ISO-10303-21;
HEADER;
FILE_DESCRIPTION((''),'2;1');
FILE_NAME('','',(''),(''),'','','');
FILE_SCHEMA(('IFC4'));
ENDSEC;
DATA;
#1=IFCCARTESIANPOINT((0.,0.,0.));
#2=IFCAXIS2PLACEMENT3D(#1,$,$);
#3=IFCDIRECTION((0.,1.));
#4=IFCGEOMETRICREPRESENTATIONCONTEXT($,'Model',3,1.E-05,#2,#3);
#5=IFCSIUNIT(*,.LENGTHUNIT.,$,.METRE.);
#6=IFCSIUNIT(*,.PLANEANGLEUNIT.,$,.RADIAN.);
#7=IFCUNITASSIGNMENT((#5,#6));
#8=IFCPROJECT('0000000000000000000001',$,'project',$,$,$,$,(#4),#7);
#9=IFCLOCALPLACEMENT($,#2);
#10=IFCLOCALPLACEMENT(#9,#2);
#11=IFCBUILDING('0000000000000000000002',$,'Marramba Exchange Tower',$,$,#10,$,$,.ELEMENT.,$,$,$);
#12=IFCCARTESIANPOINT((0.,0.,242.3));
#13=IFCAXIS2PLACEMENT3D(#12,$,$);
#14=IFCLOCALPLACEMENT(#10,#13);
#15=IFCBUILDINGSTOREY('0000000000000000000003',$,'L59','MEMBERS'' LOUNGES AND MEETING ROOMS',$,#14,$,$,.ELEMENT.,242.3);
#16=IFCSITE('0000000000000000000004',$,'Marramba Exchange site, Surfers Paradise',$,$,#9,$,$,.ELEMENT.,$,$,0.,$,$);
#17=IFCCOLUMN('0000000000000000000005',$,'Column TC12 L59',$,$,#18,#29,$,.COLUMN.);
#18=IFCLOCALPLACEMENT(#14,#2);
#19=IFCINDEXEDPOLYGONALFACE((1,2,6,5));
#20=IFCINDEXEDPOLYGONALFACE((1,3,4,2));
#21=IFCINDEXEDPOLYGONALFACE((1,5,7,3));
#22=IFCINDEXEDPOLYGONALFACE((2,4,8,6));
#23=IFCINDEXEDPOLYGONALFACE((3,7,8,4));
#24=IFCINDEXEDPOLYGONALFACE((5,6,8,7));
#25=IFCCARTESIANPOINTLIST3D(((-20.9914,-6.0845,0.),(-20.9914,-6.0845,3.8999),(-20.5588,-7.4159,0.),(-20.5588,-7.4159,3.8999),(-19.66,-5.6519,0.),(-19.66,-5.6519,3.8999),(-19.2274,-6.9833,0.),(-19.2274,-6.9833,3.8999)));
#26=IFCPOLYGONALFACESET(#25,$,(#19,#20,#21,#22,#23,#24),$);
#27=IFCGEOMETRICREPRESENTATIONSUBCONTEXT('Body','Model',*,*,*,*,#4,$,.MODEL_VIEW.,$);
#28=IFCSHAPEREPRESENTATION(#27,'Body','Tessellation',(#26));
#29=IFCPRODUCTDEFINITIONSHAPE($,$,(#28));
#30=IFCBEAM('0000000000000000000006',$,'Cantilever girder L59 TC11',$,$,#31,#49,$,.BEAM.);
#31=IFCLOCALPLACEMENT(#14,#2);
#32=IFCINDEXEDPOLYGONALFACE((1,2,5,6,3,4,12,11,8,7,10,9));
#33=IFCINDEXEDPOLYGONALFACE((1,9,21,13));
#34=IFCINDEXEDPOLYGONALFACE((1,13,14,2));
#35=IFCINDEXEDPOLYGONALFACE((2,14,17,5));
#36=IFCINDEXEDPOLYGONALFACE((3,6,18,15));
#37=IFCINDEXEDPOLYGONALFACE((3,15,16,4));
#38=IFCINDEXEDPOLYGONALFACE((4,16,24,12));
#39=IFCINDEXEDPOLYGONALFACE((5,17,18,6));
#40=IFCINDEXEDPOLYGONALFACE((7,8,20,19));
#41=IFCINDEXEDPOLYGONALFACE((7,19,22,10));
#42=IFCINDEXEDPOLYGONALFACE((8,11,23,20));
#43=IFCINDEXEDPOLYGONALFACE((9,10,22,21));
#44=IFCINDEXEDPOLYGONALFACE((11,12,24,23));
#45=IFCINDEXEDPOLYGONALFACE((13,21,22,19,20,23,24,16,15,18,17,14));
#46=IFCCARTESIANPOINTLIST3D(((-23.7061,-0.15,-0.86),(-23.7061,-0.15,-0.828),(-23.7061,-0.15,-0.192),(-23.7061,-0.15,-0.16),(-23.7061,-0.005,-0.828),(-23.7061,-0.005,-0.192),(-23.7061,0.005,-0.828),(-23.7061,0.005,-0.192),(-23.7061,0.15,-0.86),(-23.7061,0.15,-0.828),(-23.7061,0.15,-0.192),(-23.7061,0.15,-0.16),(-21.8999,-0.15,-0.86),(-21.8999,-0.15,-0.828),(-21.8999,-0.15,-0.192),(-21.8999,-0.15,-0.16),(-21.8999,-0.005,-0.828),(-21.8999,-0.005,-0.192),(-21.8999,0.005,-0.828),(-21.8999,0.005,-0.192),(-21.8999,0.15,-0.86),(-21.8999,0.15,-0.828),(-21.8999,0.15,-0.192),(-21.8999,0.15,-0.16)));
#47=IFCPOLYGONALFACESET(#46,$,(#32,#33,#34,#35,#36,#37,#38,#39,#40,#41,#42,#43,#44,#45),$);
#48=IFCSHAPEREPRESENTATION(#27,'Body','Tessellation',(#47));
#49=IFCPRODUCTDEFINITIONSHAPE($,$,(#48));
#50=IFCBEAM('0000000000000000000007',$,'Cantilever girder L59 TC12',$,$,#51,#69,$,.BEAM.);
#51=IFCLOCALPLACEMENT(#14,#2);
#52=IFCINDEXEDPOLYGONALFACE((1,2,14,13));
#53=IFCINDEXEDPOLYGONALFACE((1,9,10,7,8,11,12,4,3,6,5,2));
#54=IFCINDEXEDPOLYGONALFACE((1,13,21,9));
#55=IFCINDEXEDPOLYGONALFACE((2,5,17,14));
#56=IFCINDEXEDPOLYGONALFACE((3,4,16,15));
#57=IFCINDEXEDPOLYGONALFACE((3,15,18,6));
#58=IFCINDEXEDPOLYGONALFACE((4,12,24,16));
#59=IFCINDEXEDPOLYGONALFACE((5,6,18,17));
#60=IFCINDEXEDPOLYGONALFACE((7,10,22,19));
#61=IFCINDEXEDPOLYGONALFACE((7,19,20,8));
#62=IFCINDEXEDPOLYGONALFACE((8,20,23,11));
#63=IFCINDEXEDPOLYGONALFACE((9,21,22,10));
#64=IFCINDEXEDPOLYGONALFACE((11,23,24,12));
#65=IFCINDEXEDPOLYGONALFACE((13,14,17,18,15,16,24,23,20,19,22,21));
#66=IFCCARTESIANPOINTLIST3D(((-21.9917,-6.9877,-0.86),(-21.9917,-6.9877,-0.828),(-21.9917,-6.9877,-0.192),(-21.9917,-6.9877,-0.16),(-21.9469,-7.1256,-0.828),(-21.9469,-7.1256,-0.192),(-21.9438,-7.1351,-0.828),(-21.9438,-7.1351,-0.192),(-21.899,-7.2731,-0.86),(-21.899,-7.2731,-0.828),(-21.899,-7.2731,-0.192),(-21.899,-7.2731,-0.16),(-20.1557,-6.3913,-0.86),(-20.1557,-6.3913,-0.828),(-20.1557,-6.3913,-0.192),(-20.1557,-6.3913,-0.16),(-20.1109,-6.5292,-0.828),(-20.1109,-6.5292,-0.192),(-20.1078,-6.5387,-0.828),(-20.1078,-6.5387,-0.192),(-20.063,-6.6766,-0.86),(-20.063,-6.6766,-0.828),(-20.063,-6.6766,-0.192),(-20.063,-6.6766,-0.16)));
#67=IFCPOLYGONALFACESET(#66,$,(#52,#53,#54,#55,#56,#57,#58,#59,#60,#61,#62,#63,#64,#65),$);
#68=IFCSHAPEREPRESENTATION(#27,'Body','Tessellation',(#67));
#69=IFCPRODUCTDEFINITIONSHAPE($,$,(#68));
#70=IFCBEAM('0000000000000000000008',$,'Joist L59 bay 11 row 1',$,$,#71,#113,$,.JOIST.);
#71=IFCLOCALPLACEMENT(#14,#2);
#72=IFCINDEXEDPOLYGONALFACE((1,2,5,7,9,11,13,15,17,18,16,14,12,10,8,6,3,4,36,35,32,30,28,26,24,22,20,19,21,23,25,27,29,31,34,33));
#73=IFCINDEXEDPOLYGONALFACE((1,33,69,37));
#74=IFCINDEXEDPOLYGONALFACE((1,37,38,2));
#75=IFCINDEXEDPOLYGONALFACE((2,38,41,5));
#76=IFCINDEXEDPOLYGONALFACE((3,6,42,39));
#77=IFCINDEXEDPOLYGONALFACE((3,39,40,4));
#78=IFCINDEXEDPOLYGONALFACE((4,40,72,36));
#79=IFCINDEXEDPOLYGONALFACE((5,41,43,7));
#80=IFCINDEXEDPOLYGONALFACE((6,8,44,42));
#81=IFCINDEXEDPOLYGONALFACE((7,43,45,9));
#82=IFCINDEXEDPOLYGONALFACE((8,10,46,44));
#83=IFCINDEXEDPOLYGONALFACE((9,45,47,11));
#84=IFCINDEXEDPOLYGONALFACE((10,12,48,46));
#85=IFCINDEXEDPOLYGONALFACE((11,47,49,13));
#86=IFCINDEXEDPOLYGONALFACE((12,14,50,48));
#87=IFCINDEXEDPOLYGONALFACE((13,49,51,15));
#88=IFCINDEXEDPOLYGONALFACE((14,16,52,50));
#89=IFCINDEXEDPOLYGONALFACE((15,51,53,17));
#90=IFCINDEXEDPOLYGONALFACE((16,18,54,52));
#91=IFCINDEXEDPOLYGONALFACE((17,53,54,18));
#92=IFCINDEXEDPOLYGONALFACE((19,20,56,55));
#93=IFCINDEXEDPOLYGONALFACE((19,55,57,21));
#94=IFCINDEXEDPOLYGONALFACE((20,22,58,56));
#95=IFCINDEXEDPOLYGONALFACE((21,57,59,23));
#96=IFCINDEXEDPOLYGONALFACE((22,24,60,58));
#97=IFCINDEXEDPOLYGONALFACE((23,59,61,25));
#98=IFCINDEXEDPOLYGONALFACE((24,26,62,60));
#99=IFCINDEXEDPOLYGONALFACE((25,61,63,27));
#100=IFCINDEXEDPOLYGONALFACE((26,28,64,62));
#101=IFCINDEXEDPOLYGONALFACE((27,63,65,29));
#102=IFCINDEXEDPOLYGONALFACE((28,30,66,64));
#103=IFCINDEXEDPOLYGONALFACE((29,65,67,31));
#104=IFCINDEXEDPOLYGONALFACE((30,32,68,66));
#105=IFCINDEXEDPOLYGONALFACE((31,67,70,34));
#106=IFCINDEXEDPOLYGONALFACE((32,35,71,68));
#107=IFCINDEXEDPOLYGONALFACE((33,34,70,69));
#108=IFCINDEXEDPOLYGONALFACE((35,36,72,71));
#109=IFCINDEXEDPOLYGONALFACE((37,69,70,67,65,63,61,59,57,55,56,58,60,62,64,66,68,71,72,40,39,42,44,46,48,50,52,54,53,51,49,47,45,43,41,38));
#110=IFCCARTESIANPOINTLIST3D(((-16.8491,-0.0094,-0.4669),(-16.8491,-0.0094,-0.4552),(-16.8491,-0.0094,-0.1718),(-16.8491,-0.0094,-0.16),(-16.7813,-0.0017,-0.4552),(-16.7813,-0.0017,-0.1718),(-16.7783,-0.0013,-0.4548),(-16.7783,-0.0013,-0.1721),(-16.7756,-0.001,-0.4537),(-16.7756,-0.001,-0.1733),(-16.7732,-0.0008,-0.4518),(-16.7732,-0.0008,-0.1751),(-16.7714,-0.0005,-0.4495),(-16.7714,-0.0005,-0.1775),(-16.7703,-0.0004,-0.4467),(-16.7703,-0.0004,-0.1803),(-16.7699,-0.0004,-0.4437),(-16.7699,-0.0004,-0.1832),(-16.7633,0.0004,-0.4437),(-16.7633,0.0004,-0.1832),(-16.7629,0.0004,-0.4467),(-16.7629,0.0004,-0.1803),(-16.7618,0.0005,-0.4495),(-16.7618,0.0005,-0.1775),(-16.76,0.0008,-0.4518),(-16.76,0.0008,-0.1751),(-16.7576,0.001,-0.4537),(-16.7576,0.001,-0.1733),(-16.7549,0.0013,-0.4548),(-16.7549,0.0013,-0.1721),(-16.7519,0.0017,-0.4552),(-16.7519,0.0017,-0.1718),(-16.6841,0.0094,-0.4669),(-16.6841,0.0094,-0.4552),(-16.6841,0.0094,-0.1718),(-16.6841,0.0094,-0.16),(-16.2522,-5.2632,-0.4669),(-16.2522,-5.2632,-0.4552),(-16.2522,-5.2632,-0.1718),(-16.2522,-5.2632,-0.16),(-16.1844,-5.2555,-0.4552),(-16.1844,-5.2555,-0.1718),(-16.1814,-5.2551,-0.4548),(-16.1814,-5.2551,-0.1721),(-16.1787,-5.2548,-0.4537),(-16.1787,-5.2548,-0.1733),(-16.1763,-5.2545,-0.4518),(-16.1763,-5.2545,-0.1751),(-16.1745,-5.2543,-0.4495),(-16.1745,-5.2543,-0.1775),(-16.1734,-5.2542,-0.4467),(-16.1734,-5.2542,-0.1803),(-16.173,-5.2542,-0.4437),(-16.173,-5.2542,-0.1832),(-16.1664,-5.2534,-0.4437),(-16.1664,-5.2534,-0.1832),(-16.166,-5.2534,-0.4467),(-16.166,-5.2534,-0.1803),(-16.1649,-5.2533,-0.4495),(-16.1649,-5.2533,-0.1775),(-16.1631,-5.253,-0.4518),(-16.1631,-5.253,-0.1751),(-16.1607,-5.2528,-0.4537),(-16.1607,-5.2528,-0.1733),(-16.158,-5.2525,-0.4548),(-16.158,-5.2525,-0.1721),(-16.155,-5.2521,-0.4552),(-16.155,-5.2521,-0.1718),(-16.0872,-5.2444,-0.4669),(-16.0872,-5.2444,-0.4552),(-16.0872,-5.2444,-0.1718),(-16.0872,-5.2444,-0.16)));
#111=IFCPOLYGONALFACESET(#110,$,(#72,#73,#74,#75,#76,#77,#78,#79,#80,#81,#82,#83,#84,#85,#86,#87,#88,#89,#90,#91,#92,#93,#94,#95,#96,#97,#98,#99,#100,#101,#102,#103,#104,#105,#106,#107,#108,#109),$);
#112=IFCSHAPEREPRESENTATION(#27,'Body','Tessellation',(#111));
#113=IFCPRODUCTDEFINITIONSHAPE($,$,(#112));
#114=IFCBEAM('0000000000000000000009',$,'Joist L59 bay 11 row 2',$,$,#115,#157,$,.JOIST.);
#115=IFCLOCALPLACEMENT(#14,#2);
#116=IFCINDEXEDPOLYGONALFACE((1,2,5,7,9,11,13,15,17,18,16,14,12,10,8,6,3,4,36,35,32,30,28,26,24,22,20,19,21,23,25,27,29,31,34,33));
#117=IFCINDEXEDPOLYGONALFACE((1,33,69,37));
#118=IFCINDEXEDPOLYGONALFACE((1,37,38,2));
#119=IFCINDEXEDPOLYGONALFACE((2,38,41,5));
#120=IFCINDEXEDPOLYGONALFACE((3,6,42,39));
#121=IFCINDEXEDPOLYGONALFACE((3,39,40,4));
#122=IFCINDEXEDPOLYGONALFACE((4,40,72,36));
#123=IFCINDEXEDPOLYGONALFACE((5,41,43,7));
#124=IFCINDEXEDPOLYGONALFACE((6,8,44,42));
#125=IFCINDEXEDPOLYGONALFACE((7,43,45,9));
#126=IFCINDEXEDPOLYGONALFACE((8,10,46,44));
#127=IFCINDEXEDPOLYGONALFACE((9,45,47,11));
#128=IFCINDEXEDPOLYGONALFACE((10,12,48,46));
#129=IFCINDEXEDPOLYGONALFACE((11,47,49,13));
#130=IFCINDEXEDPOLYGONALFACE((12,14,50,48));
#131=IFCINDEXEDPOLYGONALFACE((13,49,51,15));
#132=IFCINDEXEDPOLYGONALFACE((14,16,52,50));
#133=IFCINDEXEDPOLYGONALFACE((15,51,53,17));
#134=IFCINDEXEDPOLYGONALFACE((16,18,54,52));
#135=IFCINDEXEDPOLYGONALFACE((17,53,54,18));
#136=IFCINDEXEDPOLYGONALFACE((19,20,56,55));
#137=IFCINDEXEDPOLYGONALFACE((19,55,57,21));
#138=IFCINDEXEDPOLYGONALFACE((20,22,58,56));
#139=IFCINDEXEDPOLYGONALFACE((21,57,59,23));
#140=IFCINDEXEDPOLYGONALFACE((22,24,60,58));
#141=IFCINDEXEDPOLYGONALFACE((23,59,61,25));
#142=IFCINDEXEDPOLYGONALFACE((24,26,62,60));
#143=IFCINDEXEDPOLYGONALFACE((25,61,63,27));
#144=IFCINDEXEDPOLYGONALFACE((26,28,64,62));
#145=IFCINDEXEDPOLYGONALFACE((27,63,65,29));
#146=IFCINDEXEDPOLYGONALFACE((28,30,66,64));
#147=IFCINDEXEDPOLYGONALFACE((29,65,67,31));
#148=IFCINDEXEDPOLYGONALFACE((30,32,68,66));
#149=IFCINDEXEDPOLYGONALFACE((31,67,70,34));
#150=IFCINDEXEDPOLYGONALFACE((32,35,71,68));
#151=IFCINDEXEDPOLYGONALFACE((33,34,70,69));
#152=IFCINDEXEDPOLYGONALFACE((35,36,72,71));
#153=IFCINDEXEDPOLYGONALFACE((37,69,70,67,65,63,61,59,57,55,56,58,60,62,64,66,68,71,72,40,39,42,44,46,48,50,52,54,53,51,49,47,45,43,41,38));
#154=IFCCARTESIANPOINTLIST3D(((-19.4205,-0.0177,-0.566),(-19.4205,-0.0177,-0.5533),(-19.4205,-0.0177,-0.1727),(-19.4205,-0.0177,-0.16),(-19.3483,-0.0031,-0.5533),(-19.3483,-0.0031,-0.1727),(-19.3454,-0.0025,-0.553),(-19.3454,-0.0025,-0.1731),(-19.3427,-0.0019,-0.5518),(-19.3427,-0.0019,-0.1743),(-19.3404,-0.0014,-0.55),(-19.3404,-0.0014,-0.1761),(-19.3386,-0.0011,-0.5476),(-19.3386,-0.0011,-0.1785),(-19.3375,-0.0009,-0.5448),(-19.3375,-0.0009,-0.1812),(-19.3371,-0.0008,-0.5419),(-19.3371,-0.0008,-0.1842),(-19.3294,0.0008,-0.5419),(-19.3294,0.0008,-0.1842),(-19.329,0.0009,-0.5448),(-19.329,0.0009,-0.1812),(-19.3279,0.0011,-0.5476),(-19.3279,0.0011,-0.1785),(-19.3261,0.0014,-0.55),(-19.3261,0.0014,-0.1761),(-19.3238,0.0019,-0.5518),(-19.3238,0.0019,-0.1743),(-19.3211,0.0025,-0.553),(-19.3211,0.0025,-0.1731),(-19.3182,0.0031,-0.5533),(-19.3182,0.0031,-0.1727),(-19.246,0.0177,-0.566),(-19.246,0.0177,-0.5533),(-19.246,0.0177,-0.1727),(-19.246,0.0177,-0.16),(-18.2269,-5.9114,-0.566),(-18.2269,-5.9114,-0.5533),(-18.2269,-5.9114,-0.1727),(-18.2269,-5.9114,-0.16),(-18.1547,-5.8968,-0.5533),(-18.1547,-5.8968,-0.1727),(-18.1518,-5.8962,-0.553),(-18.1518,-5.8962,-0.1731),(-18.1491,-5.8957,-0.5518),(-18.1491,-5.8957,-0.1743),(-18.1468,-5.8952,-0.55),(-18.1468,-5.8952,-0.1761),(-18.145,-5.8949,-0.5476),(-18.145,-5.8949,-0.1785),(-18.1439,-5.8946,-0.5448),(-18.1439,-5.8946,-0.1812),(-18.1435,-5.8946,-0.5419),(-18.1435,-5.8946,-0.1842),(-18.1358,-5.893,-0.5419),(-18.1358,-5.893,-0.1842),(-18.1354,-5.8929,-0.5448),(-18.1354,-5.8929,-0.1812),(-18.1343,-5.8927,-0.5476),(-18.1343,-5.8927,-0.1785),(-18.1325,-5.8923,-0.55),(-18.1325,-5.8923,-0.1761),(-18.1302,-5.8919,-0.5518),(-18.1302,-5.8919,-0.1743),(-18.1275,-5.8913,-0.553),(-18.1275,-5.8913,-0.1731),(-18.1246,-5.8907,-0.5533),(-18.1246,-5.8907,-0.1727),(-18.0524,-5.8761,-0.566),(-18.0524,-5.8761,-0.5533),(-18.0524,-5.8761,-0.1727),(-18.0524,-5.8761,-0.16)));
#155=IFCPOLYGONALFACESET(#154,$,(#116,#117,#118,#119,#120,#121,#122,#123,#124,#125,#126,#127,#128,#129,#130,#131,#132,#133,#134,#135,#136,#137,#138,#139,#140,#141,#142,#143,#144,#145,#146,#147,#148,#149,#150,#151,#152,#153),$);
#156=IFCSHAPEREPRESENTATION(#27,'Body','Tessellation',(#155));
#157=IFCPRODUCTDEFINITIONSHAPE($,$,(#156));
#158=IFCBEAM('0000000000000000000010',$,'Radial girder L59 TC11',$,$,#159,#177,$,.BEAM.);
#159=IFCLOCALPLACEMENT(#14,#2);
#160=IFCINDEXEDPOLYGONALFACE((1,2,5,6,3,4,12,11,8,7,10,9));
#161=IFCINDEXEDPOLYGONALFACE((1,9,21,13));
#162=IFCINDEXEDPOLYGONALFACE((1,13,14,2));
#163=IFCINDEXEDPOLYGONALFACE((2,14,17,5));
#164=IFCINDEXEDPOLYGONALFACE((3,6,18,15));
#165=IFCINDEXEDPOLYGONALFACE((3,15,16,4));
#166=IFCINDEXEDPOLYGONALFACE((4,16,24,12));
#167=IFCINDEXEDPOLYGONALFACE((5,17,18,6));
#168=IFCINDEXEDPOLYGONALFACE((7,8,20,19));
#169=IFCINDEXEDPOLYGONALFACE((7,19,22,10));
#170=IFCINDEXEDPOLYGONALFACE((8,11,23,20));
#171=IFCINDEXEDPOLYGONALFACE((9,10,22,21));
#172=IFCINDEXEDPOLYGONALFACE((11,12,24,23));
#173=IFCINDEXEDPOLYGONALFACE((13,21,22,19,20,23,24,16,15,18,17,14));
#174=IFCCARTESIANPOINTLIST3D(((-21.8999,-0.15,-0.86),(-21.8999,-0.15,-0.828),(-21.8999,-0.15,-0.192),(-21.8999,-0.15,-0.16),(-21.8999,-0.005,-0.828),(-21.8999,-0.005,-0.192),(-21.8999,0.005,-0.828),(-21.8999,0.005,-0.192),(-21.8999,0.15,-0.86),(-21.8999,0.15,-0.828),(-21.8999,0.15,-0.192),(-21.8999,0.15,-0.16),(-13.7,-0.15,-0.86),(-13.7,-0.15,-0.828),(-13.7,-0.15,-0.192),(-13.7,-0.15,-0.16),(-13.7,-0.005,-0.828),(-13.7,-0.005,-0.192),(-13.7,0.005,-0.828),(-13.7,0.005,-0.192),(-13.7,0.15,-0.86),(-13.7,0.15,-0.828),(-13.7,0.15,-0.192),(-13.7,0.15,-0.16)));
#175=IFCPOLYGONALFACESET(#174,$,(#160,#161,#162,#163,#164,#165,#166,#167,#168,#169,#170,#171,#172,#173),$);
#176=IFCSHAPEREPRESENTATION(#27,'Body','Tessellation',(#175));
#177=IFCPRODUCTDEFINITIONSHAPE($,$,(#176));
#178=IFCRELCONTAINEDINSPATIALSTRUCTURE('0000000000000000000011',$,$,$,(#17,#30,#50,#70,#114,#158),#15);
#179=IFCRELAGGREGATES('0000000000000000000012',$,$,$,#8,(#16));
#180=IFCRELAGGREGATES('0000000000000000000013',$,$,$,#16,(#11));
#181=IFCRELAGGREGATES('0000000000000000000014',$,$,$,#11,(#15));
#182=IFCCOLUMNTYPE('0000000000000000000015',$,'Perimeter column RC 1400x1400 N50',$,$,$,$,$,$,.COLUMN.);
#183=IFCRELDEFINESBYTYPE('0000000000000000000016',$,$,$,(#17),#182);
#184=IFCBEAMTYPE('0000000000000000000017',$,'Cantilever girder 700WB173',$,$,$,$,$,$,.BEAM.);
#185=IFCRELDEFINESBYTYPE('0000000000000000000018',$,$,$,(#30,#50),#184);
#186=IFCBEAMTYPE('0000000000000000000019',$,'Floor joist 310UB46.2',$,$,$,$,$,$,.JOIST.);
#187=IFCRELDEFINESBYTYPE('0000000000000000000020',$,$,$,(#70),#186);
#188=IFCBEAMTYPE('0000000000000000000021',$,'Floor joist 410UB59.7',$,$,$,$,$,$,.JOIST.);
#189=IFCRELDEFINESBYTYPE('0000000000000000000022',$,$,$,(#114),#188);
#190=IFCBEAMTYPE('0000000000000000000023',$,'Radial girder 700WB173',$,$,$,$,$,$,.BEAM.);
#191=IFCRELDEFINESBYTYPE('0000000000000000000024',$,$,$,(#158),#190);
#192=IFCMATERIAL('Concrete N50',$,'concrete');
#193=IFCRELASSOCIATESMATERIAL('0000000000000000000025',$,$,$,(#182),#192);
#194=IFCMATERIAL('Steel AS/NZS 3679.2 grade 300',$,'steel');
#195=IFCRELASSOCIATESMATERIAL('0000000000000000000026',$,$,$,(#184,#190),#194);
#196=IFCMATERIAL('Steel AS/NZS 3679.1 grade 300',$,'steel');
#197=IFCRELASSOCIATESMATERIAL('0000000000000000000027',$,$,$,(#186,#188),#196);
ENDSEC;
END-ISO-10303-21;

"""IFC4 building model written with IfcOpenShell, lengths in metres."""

from ifc_helpers import new_model, si_unit, direction, frame, origin, origin_2d, place, context, subcontext, project, spatial, rectangle, i_section, extrude, material, material_profile, profile_set, type_object, element, save


model = new_model("IFC4")

# Units and contexts
model_context = context("Model", 3, precision=1e-05, world=origin(), true_north=direction((0.0, 1.0)))
body_context = subcontext(model_context, "Body", "Model", "MODEL_VIEW")
ifc_project = project(units=[si_unit("LENGTHUNIT", "METRE"), si_unit("PLANEANGLEUNIT", "RADIAN")], contexts=[model_context])

# Site, building, storey
site_placement = place(None, origin())
site = spatial("IfcSite", under=ifc_project, at=site_placement, Name="Marramba Exchange site, Surfers Paradise", CompositionType="ELEMENT", RefElevation=0.0)
building_placement = place(site_placement, origin())
building = spatial("IfcBuilding", under=site, at=building_placement, Name="Marramba Exchange Tower", CompositionType="ELEMENT")
storey_placement = place(building_placement, frame((0.0, 0.0, 242.3)))
storey = spatial("IfcBuildingStorey", under=building, at=storey_placement, Name="L59", Description="MEMBERS' LOUNGES AND MEETING ROOMS", CompositionType="ELEMENT", Elevation=242.3)

# Column
ifc_material_1 = material(Name="Concrete N50", Category="concrete")
ifc_material_profile_1 = material_profile(ifc_material_1, rectangle(XDim=1.3999, YDim=1.3999, at=origin_2d()), Name="RC 1400x1400")
ifc_profile_set_1 = profile_set([ifc_material_profile_1], Name="Concrete N50")
column_type = type_object("IfcColumnType", Name="Perimeter column RC 1400x1400 N50", PredefinedType="COLUMN", material=ifc_profile_set_1)
column_placement = place(storey_placement, frame((-20.1094, -6.5339, 0.0), z_axis=(0.0, 0.0, 1.0), x_axis=(-0.951057, -0.309017, 0.0)))
element("IfcColumn", 1, at=column_placement, inside=storey, type_object=column_type, Name="Column TC12 L59", PredefinedType="COLUMN", context=body_context, shape_type="SweptSolid", body=[
    extrude(rectangle(XDim=1.3999, YDim=1.3999, at=origin_2d()), origin(), (0.0, 0.0, 1.0), 3.8999),
])

# Beams
ifc_material_2 = material(Name="Steel AS/NZS 3679.2 grade 300", Category="steel")
ifc_material_profile_2 = material_profile(ifc_material_2, i_section(OverallWidth=0.3, OverallDepth=0.7, WebThickness=0.01, FlangeThickness=0.032, at=origin_2d()), Name="700WB173")
ifc_profile_set_2 = profile_set([ifc_material_profile_2], Name="Steel AS/NZS 3679.2 grade 300")
beam_type_1 = type_object("IfcBeamType", Name="Cantilever girder 700WB173", PredefinedType="BEAM", material=ifc_profile_set_2)
beam_1_placement = place(storey_placement, frame((-21.8999, 0.0, -0.51), z_axis=(-1.0, 0.0, 0.0), x_axis=(0.0, -1.0, 0.0)))
element("IfcBeam", 2, at=beam_1_placement, inside=storey, type_object=beam_type_1, Name="Cantilever girder L59 TC11", PredefinedType="BEAM", context=body_context, shape_type="SweptSolid", body=[
    extrude(i_section(OverallWidth=0.3, OverallDepth=0.7, WebThickness=0.01, FlangeThickness=0.032, at=origin_2d()), origin(), (0.0, 0.0, 1.0), 1.8062),
])
beam_2_placement = place(storey_placement, frame((-20.1094, -6.5339, -0.51), z_axis=(-0.951071, -0.308972, 0.0), x_axis=(0.308972, -0.951071, 0.0)))
element("IfcBeam", 3, at=beam_2_placement, inside=storey, type_object=beam_type_1, Name="Cantilever girder L59 TC12", PredefinedType="BEAM", context=body_context, shape_type="SweptSolid", body=[
    extrude(i_section(OverallWidth=0.3, OverallDepth=0.7, WebThickness=0.01, FlangeThickness=0.032, at=origin_2d()), origin(), (0.0, 0.0, 1.0), 1.9304),
])
ifc_material_3 = material(Name="Steel AS/NZS 3679.1 grade 300", Category="steel")
ifc_material_profile_3 = material_profile(ifc_material_3, i_section(OverallWidth=0.166, OverallDepth=0.3069, WebThickness=0.0066, FlangeThickness=0.0117, FilletRadius=0.0115, at=origin_2d()), Name="310UB46.2")
ifc_profile_set_3 = profile_set([ifc_material_profile_3], Name="Steel AS/NZS 3679.1 grade 300")
beam_type_2 = type_object("IfcBeamType", Name="Floor joist 310UB46.2", PredefinedType="JOIST", material=ifc_profile_set_3)
beam_3_placement = place(storey_placement, frame((-16.7666, 0.0, -0.3135), z_axis=(0.112889, -0.993608, 0.0), x_axis=(0.993608, 0.112889, 0.0)))
element("IfcBeam", 4, at=beam_3_placement, inside=storey, type_object=beam_type_2, Name="Joist L59 bay 11 row 1", PredefinedType="JOIST", context=body_context, shape_type="SweptSolid", body=[
    extrude(i_section(OverallWidth=0.166, OverallDepth=0.3069, WebThickness=0.0066, FlangeThickness=0.0117, FilletRadius=0.0115, at=origin_2d()), origin(), (0.0, 0.0, 1.0), 5.2876),
])
ifc_material_profile_4 = material_profile(ifc_material_3, i_section(OverallWidth=0.178, OverallDepth=0.406, WebThickness=0.0078, FlangeThickness=0.0127, FilletRadius=0.0115, at=origin_2d()), Name="410UB59.7")
ifc_profile_set_4 = profile_set([ifc_material_profile_4], Name="Steel AS/NZS 3679.1 grade 300")
beam_type_3 = type_object("IfcBeamType", Name="Floor joist 410UB59.7", PredefinedType="JOIST", material=ifc_profile_set_4)
beam_4_placement = place(storey_placement, frame((-19.3333, 0.0, -0.363), z_axis=(0.198489, -0.980103, 0.0), x_axis=(0.980103, 0.198489, 0.0)))
element("IfcBeam", 5, at=beam_4_placement, inside=storey, type_object=beam_type_3, Name="Joist L59 bay 11 row 2", PredefinedType="JOIST", context=body_context, shape_type="SweptSolid", body=[
    extrude(i_section(OverallWidth=0.178, OverallDepth=0.406, WebThickness=0.0078, FlangeThickness=0.0127, FilletRadius=0.0115, at=origin_2d()), origin(), (0.0, 0.0, 1.0), 6.0134),
])
ifc_material_profile_5 = material_profile(ifc_material_2, i_section(OverallWidth=0.3, OverallDepth=0.7, WebThickness=0.01, FlangeThickness=0.032, at=origin_2d()), Name="700WB173")
ifc_profile_set_5 = profile_set([ifc_material_profile_5], Name="Steel AS/NZS 3679.2 grade 300")
beam_type_4 = type_object("IfcBeamType", Name="Radial girder 700WB173", PredefinedType="BEAM", material=ifc_profile_set_5)
beam_5_placement = place(storey_placement, frame((-13.7, 0.0, -0.51), z_axis=(-1.0, 0.0, 0.0), x_axis=(0.0, -1.0, 0.0)))
element("IfcBeam", 6, at=beam_5_placement, inside=storey, type_object=beam_type_4, Name="Radial girder L59 TC11", PredefinedType="BEAM", context=body_context, shape_type="SweptSolid", body=[
    extrude(i_section(OverallWidth=0.3, OverallDepth=0.7, WebThickness=0.01, FlangeThickness=0.032, at=origin_2d()), origin(), (0.0, 0.0, 1.0), 8.2),
])

save(model, "model.ifc")
